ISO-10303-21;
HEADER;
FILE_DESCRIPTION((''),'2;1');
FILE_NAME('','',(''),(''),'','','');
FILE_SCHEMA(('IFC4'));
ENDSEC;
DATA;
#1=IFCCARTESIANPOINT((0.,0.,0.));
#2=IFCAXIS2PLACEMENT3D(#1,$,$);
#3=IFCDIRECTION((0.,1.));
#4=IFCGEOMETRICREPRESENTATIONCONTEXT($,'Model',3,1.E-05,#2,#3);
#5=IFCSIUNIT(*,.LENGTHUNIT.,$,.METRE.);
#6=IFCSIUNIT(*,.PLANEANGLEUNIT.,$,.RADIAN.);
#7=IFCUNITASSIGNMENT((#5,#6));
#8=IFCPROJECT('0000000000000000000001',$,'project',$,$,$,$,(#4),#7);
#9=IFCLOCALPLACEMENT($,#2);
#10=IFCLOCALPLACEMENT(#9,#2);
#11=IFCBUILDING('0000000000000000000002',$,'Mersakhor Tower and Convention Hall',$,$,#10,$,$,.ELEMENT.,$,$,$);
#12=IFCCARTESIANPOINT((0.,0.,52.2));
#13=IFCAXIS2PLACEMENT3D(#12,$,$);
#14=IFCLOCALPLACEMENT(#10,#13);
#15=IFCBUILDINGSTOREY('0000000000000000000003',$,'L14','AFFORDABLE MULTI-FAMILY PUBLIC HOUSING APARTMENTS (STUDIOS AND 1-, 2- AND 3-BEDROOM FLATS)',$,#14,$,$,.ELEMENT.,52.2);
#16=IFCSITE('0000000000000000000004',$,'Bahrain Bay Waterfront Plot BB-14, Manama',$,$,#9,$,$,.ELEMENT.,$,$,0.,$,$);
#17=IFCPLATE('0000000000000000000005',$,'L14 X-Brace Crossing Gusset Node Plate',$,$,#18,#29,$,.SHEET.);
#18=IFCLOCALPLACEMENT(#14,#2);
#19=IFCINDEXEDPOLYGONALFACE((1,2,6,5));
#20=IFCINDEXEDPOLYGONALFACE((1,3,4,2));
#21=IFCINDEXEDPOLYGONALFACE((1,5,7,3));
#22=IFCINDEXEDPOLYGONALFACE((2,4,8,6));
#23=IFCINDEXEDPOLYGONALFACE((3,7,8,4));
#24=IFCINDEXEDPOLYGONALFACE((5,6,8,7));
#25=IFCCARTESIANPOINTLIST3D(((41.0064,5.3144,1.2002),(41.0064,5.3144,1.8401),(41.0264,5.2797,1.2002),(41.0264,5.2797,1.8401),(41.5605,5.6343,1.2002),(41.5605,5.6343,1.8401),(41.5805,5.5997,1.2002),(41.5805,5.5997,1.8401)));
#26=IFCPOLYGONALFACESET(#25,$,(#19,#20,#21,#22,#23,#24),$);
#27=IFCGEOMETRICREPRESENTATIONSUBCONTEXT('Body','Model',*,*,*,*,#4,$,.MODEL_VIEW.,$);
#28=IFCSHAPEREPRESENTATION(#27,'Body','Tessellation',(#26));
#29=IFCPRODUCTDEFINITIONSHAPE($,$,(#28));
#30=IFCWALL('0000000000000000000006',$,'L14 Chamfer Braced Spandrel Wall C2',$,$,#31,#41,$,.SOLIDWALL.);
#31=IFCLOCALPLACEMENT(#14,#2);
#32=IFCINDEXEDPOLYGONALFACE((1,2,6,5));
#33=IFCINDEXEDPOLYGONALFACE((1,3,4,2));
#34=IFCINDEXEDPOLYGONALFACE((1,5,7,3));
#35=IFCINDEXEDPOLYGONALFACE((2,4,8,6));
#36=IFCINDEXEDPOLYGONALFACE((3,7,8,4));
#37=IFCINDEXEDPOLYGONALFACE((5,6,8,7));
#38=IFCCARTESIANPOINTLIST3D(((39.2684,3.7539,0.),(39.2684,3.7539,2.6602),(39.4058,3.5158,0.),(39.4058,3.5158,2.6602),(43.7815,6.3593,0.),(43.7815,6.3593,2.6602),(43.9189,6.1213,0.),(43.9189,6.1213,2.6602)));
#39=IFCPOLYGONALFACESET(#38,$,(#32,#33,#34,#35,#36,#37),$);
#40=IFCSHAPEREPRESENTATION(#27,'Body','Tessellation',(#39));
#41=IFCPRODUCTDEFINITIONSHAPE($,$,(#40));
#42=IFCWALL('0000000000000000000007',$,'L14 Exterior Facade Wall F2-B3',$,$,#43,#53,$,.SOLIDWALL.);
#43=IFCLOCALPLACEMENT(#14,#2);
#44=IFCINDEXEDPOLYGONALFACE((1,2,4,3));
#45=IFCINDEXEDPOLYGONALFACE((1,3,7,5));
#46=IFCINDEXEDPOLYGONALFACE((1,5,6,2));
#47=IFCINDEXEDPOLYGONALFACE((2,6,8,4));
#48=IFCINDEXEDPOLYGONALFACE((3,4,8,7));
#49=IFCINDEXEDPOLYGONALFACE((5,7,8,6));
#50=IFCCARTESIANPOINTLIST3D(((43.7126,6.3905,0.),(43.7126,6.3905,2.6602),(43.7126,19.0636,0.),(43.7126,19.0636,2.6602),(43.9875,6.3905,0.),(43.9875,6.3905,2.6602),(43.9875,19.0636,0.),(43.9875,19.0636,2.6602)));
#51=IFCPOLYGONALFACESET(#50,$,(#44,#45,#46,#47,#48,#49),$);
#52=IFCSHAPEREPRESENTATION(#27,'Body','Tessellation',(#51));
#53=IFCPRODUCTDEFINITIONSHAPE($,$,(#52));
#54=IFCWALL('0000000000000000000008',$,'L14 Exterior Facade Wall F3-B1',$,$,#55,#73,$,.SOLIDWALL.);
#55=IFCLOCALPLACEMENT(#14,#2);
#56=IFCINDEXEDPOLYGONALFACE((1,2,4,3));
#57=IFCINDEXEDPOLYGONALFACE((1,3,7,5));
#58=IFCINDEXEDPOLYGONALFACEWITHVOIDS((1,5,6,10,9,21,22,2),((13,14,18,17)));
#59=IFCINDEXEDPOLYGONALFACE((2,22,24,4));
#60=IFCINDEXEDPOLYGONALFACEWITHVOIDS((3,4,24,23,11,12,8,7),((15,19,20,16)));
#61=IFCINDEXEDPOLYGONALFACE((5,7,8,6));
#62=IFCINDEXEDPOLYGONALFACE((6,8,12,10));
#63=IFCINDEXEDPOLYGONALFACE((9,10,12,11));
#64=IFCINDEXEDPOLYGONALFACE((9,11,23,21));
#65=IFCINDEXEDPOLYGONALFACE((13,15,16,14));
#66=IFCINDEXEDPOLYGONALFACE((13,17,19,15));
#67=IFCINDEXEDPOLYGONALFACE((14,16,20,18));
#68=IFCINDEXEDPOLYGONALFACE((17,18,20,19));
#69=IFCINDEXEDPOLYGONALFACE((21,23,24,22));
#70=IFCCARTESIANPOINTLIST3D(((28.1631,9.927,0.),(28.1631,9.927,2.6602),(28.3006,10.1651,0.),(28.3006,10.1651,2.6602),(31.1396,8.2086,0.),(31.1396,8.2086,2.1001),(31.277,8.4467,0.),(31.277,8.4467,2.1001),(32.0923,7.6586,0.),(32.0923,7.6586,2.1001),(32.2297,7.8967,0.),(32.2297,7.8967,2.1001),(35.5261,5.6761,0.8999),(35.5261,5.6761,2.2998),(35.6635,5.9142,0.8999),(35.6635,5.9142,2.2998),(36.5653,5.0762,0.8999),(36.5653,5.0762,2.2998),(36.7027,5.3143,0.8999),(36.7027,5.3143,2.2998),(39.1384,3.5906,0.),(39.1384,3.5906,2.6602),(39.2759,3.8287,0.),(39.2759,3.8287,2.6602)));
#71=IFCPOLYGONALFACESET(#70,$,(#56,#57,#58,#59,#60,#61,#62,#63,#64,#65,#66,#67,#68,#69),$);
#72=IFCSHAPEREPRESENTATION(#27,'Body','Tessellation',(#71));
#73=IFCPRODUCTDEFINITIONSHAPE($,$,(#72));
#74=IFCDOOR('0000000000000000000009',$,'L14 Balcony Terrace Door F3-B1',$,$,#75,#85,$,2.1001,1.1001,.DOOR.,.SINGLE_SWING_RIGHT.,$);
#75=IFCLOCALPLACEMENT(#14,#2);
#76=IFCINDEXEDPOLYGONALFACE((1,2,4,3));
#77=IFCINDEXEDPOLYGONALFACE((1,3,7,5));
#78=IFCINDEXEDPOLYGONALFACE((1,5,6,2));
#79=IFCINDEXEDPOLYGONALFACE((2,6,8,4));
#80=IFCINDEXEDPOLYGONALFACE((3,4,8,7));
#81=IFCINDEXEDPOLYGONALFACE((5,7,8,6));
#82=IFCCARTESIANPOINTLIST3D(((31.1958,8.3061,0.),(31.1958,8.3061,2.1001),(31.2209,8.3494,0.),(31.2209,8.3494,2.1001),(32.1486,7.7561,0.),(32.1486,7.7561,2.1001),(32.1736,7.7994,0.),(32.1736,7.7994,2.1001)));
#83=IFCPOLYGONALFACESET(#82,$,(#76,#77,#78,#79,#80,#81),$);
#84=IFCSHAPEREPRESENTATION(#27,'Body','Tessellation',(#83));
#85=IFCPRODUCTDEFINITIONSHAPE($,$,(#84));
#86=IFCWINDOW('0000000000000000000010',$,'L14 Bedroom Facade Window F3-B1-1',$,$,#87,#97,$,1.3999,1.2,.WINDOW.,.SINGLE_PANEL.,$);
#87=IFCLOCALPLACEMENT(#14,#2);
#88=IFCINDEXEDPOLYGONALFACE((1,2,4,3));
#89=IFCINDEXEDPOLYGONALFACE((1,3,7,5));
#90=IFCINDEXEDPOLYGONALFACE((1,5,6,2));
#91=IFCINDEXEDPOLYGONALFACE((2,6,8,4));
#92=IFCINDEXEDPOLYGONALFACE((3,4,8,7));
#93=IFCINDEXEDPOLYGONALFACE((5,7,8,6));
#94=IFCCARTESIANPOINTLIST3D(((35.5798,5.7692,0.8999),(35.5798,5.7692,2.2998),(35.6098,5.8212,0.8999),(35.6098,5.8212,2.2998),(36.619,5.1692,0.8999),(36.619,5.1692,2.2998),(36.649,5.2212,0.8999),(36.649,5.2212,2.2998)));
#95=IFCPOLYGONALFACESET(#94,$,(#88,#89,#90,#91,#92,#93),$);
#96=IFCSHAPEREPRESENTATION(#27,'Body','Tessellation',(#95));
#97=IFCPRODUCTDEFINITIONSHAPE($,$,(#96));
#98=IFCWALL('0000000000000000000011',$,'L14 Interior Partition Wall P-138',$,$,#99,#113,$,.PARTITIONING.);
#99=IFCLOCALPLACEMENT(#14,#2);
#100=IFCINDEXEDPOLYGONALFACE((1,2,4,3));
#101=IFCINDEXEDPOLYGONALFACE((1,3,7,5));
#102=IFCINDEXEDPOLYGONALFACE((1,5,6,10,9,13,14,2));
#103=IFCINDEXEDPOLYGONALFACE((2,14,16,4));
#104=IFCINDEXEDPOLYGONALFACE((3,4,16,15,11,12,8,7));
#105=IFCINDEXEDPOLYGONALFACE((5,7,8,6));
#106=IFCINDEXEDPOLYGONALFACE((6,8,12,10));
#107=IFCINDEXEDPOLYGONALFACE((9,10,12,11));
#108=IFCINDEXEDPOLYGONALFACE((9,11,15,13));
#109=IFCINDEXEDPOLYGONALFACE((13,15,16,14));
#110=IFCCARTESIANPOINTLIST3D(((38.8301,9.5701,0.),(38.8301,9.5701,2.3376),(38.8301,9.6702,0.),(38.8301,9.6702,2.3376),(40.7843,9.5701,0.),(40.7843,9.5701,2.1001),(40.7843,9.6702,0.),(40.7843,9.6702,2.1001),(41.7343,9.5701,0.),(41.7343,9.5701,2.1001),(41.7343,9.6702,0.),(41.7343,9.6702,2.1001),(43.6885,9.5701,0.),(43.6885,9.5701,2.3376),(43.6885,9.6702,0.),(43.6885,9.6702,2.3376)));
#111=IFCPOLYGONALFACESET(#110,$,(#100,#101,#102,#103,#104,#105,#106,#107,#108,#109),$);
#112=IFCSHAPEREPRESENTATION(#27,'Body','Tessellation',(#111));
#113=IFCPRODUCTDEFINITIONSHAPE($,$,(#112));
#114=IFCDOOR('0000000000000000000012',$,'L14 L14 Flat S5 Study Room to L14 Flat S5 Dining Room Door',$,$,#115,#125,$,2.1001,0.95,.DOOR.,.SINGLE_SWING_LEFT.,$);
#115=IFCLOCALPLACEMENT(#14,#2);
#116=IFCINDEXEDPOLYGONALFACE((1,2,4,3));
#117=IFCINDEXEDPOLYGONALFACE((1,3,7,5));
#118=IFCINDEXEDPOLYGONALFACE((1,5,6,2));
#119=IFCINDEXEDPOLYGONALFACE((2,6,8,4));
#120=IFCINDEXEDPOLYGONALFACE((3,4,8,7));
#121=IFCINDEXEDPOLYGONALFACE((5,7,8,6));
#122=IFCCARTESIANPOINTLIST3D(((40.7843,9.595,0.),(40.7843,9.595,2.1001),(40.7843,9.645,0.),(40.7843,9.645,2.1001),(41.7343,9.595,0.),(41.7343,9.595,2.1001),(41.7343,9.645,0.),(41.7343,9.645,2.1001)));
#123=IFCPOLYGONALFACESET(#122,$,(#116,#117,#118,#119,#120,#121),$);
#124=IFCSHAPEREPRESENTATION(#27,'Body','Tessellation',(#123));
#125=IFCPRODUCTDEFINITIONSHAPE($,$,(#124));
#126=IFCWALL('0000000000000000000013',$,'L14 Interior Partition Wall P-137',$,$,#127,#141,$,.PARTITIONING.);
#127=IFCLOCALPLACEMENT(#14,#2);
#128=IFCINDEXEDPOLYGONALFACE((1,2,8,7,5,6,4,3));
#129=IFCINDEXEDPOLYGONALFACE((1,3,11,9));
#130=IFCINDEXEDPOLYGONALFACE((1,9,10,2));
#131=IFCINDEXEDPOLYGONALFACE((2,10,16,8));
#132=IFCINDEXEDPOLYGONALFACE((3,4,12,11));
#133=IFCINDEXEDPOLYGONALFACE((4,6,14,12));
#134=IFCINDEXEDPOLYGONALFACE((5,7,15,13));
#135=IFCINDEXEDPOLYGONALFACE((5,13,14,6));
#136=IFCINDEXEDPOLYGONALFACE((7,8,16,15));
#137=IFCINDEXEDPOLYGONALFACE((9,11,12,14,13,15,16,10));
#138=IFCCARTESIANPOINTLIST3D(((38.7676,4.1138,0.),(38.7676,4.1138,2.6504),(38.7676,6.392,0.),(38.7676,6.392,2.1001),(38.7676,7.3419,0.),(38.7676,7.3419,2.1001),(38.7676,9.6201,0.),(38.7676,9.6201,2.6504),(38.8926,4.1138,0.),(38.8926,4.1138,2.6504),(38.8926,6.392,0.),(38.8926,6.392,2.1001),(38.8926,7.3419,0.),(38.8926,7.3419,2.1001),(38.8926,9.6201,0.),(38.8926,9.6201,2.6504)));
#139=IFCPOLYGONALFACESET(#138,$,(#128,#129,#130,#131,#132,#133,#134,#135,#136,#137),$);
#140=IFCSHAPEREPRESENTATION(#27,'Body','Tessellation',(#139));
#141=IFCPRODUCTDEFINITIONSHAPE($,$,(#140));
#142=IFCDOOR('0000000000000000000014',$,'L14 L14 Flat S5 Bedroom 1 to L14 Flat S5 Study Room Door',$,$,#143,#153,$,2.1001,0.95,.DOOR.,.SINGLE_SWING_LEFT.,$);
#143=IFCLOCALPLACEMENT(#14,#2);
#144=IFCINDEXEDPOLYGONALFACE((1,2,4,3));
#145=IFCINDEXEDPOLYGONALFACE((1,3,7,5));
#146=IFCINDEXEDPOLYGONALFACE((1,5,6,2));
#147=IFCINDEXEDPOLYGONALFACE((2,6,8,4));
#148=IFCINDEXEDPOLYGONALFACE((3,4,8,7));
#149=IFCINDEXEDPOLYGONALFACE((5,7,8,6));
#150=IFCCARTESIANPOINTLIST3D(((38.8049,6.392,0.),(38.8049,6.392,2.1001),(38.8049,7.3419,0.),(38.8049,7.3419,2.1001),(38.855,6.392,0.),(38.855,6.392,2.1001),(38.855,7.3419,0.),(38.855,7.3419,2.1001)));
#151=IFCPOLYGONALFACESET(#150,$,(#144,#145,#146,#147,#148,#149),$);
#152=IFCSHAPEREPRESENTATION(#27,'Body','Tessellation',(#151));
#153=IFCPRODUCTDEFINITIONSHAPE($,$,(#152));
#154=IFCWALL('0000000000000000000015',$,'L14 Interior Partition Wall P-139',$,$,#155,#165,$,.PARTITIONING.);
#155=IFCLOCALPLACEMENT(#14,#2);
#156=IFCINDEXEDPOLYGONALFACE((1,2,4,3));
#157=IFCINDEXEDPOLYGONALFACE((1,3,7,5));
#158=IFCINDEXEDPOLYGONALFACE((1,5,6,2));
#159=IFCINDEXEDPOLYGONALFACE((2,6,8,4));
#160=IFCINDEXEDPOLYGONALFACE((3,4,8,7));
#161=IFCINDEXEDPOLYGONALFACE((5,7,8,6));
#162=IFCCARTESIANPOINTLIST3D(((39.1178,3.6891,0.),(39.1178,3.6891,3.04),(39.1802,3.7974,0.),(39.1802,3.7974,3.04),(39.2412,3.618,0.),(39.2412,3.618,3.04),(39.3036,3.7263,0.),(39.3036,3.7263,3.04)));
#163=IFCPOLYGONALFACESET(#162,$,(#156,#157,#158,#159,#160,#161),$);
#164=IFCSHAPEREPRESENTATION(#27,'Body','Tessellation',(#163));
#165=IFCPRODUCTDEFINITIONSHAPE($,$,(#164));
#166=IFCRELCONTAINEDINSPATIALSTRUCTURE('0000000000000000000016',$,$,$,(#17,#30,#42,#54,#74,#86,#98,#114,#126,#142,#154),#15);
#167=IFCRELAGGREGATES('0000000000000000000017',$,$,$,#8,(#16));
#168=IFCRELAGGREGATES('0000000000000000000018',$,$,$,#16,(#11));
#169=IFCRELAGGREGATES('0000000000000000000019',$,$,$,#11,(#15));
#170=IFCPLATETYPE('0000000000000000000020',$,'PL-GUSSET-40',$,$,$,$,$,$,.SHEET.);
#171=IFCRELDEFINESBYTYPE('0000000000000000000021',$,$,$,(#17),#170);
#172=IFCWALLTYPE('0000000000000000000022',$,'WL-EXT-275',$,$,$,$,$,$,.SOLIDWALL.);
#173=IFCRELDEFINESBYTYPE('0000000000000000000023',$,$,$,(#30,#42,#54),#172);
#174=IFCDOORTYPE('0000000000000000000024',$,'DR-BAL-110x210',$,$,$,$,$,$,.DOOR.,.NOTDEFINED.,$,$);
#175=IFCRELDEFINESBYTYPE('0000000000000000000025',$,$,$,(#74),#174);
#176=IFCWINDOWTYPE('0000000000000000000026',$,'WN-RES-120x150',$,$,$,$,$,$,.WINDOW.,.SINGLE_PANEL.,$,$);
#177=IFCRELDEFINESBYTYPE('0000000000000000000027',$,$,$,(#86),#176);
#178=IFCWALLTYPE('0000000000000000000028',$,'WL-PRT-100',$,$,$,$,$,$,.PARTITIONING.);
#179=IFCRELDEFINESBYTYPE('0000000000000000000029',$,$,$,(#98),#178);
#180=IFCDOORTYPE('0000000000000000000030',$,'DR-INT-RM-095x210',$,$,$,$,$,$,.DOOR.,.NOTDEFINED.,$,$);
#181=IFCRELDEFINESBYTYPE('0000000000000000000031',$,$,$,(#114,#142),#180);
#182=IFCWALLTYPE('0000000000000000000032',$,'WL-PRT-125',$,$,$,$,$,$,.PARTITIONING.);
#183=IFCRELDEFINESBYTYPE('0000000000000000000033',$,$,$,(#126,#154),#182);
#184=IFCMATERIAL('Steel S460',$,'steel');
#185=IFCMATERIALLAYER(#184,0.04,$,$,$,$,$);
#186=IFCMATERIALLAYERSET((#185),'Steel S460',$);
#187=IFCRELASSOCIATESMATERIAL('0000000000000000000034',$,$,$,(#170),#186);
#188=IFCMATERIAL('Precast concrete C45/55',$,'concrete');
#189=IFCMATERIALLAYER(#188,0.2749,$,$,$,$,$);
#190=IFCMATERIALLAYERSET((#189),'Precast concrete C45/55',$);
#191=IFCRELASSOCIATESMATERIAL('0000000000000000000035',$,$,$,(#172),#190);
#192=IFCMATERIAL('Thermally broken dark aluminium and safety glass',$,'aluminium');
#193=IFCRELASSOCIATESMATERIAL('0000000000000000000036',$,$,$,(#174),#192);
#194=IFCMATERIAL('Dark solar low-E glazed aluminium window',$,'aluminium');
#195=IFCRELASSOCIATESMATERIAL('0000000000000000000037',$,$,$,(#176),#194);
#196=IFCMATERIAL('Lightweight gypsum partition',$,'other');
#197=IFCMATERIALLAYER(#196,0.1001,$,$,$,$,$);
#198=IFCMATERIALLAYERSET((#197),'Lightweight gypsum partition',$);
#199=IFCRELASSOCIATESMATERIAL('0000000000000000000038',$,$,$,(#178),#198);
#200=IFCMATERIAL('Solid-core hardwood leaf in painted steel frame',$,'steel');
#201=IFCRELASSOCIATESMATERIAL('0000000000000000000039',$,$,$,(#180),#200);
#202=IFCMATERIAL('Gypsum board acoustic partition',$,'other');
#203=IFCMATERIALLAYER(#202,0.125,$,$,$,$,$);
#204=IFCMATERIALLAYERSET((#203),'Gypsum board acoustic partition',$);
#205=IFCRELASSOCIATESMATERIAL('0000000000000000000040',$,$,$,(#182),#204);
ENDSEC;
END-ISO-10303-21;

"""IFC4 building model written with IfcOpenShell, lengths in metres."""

from ifc_helpers import new_model, si_unit, direction, frame, frame_2d, origin, origin_2d, place, context, subcontext, project, spatial, rectangle, extrude, material, layer, layer_set, type_object, element, fill, save


model = new_model("IFC4")

# Units and contexts
model_context = context("Model", 3, precision=1e-05, world=origin(), true_north=direction((0.0, 1.0)))
body_context = subcontext(model_context, "Body", "Model", "MODEL_VIEW")
ifc_project = project(units=[si_unit("LENGTHUNIT", "METRE"), si_unit("PLANEANGLEUNIT", "RADIAN")], contexts=[model_context])

# Site, building, storey
site_placement = place(None, origin())
site = spatial("IfcSite", under=ifc_project, at=site_placement, Name="Bahrain Bay Waterfront Plot BB-14, Manama", CompositionType="ELEMENT", RefElevation=0.0)
building_placement = place(site_placement, origin())
building = spatial("IfcBuilding", under=site, at=building_placement, Name="Mersakhor Tower and Convention Hall", CompositionType="ELEMENT")
storey_placement = place(building_placement, frame((0.0, 0.0, 52.2)))
storey = spatial("IfcBuildingStorey", under=building, at=storey_placement, Name="L14", Description="AFFORDABLE MULTI-FAMILY PUBLIC HOUSING APARTMENTS (STUDIOS AND 1-, 2- AND 3-BEDROOM FLATS)", CompositionType="ELEMENT", Elevation=52.2)

# Plate
ifc_material_1 = material(Name="Steel S460", Category="steel")
ifc_layer_1 = layer(ifc_material_1, 0.04)
ifc_layer_set_1 = layer_set([ifc_layer_1], Name="Steel S460")
plate_type_1 = type_object("IfcPlateType", Name="PL-GUSSET-40", PredefinedType="SHEET", material=ifc_layer_set_1)
plate_1_placement = place(storey_placement, frame((41.2935, 5.457, 1.2002), z_axis=(0.0, 0.0, 1.0), x_axis=(0.866025, 0.5, 0.0)))
element("IfcPlate", 1, at=plate_1_placement, inside=storey, type_object=plate_type_1, Name="L14 X-Brace Crossing Gusset Node Plate", PredefinedType="SHEET", context=body_context, shape_type="SweptSolid", body=[
    extrude(rectangle(XDim=0.6399, YDim=0.04, at=origin_2d()), origin(), (0.0, 0.0, 1.0), 0.6399),
])

# Walls
ifc_material_2 = material(Name="Precast concrete C45/55", Category="concrete")
ifc_layer_2 = layer(ifc_material_2, 0.2749)
ifc_layer_set_2 = layer_set([ifc_layer_2], Name="Precast concrete C45/55")
wall_type_1 = type_object("IfcWallType", Name="WL-EXT-275", PredefinedType="SOLIDWALL", material=ifc_layer_set_2)
wall_1_placement = place(storey_placement, frame((43.8501, 6.2402, 0.0), z_axis=(0.0, 0.0, 1.0), x_axis=(-0.866044, -0.499968, 0.0)))
element("IfcWall", 2, at=wall_1_placement, inside=storey, type_object=wall_type_1, Name="L14 Chamfer Braced Spandrel Wall C2", PredefinedType="SOLIDWALL", context=body_context, shape_type="SweptSolid", body=[
    extrude(rectangle(XDim=5.2112, YDim=0.2749, at=frame_2d((2.6055, 0.0))), origin(), (0.0, 0.0, 1.0), 2.6602),
])
wall_2_placement = place(storey_placement, frame((43.8501, 19.0635, 0.0), z_axis=(0.0, 0.0, 1.0), x_axis=(0.0, -1.0, 0.0)))
element("IfcWall", 3, at=wall_2_placement, inside=storey, type_object=wall_type_1, Name="L14 Exterior Facade Wall F2-B3", PredefinedType="SOLIDWALL", context=body_context, shape_type="SweptSolid", body=[
    extrude(rectangle(XDim=12.6731, YDim=0.2749, at=frame_2d((6.3364, 0.0))), origin(), (0.0, 0.0, 1.0), 2.6602),
])

# Wall, openings, door, window
wall_3_placement = place(storey_placement, frame((39.207, 3.7097, 0.0), z_axis=(0.0, 0.0, 1.0), x_axis=(-0.866032, 0.499989, 0.0)))
wall_3 = element("IfcWall", 4, at=wall_3_placement, inside=storey, type_object=wall_type_1, Name="L14 Exterior Facade Wall F3-B1", PredefinedType="SOLIDWALL", context=body_context, shape_type="SweptSolid", body=[
    extrude(rectangle(XDim=12.6731, YDim=0.2749, at=frame_2d((6.3364, 0.0))), origin(), (0.0, 0.0, 1.0), 2.6602),
])
opening_1_placement = place(wall_3_placement, frame((8.136, 0.0, 0.0)))
opening_1 = element("IfcOpeningElement", 5, at=opening_1_placement, cuts=wall_3, PredefinedType="OPENING", context=body_context, shape_type="SweptSolid", body=[
    extrude(rectangle(XDim=1.1001, YDim=2.1001, at=frame_2d((0.55, 1.05))), frame((0.0, 0.1475, 0.0), z_axis=(0.0, -1.0, 0.0), x_axis=(1.0, 0.0, 0.0)), (0.0, 0.0, 1.0), 0.2949),
])
opening_2_placement = place(wall_3_placement, frame((2.9709, 0.0, 0.8999)))
opening_2 = element("IfcOpeningElement", 6, at=opening_2_placement, cuts=wall_3, PredefinedType="OPENING", context=body_context, shape_type="SweptSolid", body=[
    extrude(rectangle(XDim=1.2, YDim=1.3999, at=frame_2d((0.6001, 0.7))), frame((0.0, 0.1475, 0.0), z_axis=(0.0, -1.0, 0.0), x_axis=(1.0, 0.0, 0.0)), (0.0, 0.0, 1.0), 0.2949),
])
ifc_material_3 = material(Name="Thermally broken dark aluminium and safety glass", Category="aluminium")
door_type_1 = type_object("IfcDoorType", Name="DR-BAL-110x210", OperationType="NOTDEFINED", PredefinedType="DOOR", material=ifc_material_3)
door_1_placement = place(opening_1_placement, origin())
door_1 = element("IfcDoor", 7, at=door_1_placement, inside=storey, type_object=door_type_1, Name="L14 Balcony Terrace Door F3-B1", OperationType="SINGLE_SWING_RIGHT", OverallHeight=2.1001, OverallWidth=1.1001, PredefinedType="DOOR", context=body_context, shape_type="SweptSolid", body=[
    extrude(rectangle(XDim=1.1001, YDim=2.1001, at=frame_2d((0.55, 1.05))), frame((0.0, 0.0249, 0.0), z_axis=(0.0, -1.0, 0.0), x_axis=(1.0, 0.0, 0.0)), (0.0, 0.0, 1.0), 0.05),
])
fill(opening_1, door_1)
ifc_material_4 = material(Name="Dark solar low-E glazed aluminium window", Category="aluminium")
window_type = type_object("IfcWindowType", Name="WN-RES-120x150", PartitioningType="SINGLE_PANEL", PredefinedType="WINDOW", material=ifc_material_4)
window_placement = place(opening_2_placement, origin())
window = element("IfcWindow", 8, at=window_placement, inside=storey, type_object=window_type, Name="L14 Bedroom Facade Window F3-B1-1", OverallHeight=1.3999, OverallWidth=1.2, PartitioningType="SINGLE_PANEL", PredefinedType="WINDOW", context=body_context, shape_type="SweptSolid", body=[
    extrude(rectangle(XDim=1.2, YDim=1.3999, at=frame_2d((0.6001, 0.7))), frame((0.0, 0.03, 0.0), z_axis=(0.0, -1.0, 0.0), x_axis=(1.0, 0.0, 0.0)), (0.0, 0.0, 1.0), 0.0601),
])
fill(opening_2, window)

# Walls, openings, doors
ifc_material_5 = material(Name="Lightweight gypsum partition", Category="other")
ifc_layer_3 = layer(ifc_material_5, 0.1001)
ifc_layer_set_3 = layer_set([ifc_layer_3], Name="Lightweight gypsum partition")
wall_type_2 = type_object("IfcWallType", Name="WL-PRT-100", PredefinedType="PARTITIONING", material=ifc_layer_set_3)
wall_4_placement = place(storey_placement, frame((38.8301, 9.6201, 0.0), z_axis=(0.0, 0.0, 1.0), x_axis=(1.0, 0.0, 0.0)))
wall_4 = element("IfcWall", 9, at=wall_4_placement, inside=storey, type_object=wall_type_2, Name="L14 Interior Partition Wall P-138", PredefinedType="PARTITIONING", context=body_context, shape_type="SweptSolid", body=[
    extrude(rectangle(XDim=4.8584, YDim=0.1001, at=frame_2d((2.4292, 0.0))), origin(), (0.0, 0.0, 1.0), 2.3376),
])
opening_3_placement = place(wall_4_placement, frame((1.9541, 0.0, 0.0)))
opening_3 = element("IfcOpeningElement", 10, at=opening_3_placement, cuts=wall_4, PredefinedType="OPENING", context=body_context, shape_type="SweptSolid", body=[
    extrude(rectangle(XDim=0.95, YDim=2.1001, at=frame_2d((0.4751, 1.05))), frame((0.0, 0.0601, 0.0), z_axis=(0.0, -1.0, 0.0), x_axis=(1.0, 0.0, 0.0)), (0.0, 0.0, 1.0), 0.1201),
])
ifc_material_6 = material(Name="Solid-core hardwood leaf in painted steel frame", Category="steel")
door_type_2 = type_object("IfcDoorType", Name="DR-INT-RM-095x210", OperationType="NOTDEFINED", PredefinedType="DOOR", material=ifc_material_6)
door_2_placement = place(opening_3_placement, origin())
door_2 = element("IfcDoor", 11, at=door_2_placement, inside=storey, type_object=door_type_2, Name="L14 L14 Flat S5 Study Room to L14 Flat S5 Dining Room Door", OperationType="SINGLE_SWING_LEFT", OverallHeight=2.1001, OverallWidth=0.95, PredefinedType="DOOR", context=body_context, shape_type="SweptSolid", body=[
    extrude(rectangle(XDim=0.95, YDim=2.1001, at=frame_2d((0.4751, 1.05))), frame((0.0, 0.0249, 0.0), z_axis=(0.0, -1.0, 0.0), x_axis=(1.0, 0.0, 0.0)), (0.0, 0.0, 1.0), 0.05),
])
fill(opening_3, door_2)
ifc_material_7 = material(Name="Gypsum board acoustic partition", Category="other")
ifc_layer_4 = layer(ifc_material_7, 0.125)
ifc_layer_set_4 = layer_set([ifc_layer_4], Name="Gypsum board acoustic partition")
wall_type_3 = type_object("IfcWallType", Name="WL-PRT-125", PredefinedType="PARTITIONING", material=ifc_layer_set_4)
wall_5_placement = place(storey_placement, frame((38.8301, 9.6201, 0.0), z_axis=(0.0, 0.0, 1.0), x_axis=(0.0, -1.0, 0.0)))
wall_5 = element("IfcWall", 12, at=wall_5_placement, inside=storey, type_object=wall_type_3, Name="L14 Interior Partition Wall P-137", PredefinedType="PARTITIONING", context=body_context, shape_type="SweptSolid", body=[
    extrude(rectangle(XDim=5.5063, YDim=0.125, at=frame_2d((2.7532, 0.0))), origin(), (0.0, 0.0, 1.0), 2.6504),
])
opening_4_placement = place(wall_5_placement, frame((2.2781, 0.0, 0.0)))
opening_4 = element("IfcOpeningElement", 13, at=opening_4_placement, cuts=wall_5, PredefinedType="OPENING", context=body_context, shape_type="SweptSolid", body=[
    extrude(rectangle(XDim=0.95, YDim=2.1001, at=frame_2d((0.4751, 1.05))), frame((0.0, 0.0725, 0.0), z_axis=(0.0, -1.0, 0.0), x_axis=(1.0, 0.0, 0.0)), (0.0, 0.0, 1.0), 0.145),
])
door_3_placement = place(opening_4_placement, origin())
door_3 = element("IfcDoor", 14, at=door_3_placement, inside=storey, type_object=door_type_2, Name="L14 L14 Flat S5 Bedroom 1 to L14 Flat S5 Study Room Door", OperationType="SINGLE_SWING_LEFT", OverallHeight=2.1001, OverallWidth=0.95, PredefinedType="DOOR", context=body_context, shape_type="SweptSolid", body=[
    extrude(rectangle(XDim=0.95, YDim=2.1001, at=frame_2d((0.4751, 1.05))), frame((0.0, 0.0249, 0.0), z_axis=(0.0, -1.0, 0.0), x_axis=(1.0, 0.0, 0.0)), (0.0, 0.0, 1.0), 0.05),
])
fill(opening_4, door_3)

# Wall
wall_6_placement = place(storey_placement, frame((39.2725, 3.6721, 0.0), z_axis=(0.0, 0.0, 1.0), x_axis=(-0.866443, 0.499277, 0.0)))
element("IfcWall", 15, at=wall_6_placement, inside=storey, type_object=wall_type_3, Name="L14 Interior Partition Wall P-139", PredefinedType="PARTITIONING", context=body_context, shape_type="SweptSolid", body=[
    extrude(rectangle(XDim=0.1423, YDim=0.125, at=frame_2d((0.0713, 0.0))), origin(), (0.0, 0.0, 1.0), 3.04),
])

save(model, "model.ifc")
